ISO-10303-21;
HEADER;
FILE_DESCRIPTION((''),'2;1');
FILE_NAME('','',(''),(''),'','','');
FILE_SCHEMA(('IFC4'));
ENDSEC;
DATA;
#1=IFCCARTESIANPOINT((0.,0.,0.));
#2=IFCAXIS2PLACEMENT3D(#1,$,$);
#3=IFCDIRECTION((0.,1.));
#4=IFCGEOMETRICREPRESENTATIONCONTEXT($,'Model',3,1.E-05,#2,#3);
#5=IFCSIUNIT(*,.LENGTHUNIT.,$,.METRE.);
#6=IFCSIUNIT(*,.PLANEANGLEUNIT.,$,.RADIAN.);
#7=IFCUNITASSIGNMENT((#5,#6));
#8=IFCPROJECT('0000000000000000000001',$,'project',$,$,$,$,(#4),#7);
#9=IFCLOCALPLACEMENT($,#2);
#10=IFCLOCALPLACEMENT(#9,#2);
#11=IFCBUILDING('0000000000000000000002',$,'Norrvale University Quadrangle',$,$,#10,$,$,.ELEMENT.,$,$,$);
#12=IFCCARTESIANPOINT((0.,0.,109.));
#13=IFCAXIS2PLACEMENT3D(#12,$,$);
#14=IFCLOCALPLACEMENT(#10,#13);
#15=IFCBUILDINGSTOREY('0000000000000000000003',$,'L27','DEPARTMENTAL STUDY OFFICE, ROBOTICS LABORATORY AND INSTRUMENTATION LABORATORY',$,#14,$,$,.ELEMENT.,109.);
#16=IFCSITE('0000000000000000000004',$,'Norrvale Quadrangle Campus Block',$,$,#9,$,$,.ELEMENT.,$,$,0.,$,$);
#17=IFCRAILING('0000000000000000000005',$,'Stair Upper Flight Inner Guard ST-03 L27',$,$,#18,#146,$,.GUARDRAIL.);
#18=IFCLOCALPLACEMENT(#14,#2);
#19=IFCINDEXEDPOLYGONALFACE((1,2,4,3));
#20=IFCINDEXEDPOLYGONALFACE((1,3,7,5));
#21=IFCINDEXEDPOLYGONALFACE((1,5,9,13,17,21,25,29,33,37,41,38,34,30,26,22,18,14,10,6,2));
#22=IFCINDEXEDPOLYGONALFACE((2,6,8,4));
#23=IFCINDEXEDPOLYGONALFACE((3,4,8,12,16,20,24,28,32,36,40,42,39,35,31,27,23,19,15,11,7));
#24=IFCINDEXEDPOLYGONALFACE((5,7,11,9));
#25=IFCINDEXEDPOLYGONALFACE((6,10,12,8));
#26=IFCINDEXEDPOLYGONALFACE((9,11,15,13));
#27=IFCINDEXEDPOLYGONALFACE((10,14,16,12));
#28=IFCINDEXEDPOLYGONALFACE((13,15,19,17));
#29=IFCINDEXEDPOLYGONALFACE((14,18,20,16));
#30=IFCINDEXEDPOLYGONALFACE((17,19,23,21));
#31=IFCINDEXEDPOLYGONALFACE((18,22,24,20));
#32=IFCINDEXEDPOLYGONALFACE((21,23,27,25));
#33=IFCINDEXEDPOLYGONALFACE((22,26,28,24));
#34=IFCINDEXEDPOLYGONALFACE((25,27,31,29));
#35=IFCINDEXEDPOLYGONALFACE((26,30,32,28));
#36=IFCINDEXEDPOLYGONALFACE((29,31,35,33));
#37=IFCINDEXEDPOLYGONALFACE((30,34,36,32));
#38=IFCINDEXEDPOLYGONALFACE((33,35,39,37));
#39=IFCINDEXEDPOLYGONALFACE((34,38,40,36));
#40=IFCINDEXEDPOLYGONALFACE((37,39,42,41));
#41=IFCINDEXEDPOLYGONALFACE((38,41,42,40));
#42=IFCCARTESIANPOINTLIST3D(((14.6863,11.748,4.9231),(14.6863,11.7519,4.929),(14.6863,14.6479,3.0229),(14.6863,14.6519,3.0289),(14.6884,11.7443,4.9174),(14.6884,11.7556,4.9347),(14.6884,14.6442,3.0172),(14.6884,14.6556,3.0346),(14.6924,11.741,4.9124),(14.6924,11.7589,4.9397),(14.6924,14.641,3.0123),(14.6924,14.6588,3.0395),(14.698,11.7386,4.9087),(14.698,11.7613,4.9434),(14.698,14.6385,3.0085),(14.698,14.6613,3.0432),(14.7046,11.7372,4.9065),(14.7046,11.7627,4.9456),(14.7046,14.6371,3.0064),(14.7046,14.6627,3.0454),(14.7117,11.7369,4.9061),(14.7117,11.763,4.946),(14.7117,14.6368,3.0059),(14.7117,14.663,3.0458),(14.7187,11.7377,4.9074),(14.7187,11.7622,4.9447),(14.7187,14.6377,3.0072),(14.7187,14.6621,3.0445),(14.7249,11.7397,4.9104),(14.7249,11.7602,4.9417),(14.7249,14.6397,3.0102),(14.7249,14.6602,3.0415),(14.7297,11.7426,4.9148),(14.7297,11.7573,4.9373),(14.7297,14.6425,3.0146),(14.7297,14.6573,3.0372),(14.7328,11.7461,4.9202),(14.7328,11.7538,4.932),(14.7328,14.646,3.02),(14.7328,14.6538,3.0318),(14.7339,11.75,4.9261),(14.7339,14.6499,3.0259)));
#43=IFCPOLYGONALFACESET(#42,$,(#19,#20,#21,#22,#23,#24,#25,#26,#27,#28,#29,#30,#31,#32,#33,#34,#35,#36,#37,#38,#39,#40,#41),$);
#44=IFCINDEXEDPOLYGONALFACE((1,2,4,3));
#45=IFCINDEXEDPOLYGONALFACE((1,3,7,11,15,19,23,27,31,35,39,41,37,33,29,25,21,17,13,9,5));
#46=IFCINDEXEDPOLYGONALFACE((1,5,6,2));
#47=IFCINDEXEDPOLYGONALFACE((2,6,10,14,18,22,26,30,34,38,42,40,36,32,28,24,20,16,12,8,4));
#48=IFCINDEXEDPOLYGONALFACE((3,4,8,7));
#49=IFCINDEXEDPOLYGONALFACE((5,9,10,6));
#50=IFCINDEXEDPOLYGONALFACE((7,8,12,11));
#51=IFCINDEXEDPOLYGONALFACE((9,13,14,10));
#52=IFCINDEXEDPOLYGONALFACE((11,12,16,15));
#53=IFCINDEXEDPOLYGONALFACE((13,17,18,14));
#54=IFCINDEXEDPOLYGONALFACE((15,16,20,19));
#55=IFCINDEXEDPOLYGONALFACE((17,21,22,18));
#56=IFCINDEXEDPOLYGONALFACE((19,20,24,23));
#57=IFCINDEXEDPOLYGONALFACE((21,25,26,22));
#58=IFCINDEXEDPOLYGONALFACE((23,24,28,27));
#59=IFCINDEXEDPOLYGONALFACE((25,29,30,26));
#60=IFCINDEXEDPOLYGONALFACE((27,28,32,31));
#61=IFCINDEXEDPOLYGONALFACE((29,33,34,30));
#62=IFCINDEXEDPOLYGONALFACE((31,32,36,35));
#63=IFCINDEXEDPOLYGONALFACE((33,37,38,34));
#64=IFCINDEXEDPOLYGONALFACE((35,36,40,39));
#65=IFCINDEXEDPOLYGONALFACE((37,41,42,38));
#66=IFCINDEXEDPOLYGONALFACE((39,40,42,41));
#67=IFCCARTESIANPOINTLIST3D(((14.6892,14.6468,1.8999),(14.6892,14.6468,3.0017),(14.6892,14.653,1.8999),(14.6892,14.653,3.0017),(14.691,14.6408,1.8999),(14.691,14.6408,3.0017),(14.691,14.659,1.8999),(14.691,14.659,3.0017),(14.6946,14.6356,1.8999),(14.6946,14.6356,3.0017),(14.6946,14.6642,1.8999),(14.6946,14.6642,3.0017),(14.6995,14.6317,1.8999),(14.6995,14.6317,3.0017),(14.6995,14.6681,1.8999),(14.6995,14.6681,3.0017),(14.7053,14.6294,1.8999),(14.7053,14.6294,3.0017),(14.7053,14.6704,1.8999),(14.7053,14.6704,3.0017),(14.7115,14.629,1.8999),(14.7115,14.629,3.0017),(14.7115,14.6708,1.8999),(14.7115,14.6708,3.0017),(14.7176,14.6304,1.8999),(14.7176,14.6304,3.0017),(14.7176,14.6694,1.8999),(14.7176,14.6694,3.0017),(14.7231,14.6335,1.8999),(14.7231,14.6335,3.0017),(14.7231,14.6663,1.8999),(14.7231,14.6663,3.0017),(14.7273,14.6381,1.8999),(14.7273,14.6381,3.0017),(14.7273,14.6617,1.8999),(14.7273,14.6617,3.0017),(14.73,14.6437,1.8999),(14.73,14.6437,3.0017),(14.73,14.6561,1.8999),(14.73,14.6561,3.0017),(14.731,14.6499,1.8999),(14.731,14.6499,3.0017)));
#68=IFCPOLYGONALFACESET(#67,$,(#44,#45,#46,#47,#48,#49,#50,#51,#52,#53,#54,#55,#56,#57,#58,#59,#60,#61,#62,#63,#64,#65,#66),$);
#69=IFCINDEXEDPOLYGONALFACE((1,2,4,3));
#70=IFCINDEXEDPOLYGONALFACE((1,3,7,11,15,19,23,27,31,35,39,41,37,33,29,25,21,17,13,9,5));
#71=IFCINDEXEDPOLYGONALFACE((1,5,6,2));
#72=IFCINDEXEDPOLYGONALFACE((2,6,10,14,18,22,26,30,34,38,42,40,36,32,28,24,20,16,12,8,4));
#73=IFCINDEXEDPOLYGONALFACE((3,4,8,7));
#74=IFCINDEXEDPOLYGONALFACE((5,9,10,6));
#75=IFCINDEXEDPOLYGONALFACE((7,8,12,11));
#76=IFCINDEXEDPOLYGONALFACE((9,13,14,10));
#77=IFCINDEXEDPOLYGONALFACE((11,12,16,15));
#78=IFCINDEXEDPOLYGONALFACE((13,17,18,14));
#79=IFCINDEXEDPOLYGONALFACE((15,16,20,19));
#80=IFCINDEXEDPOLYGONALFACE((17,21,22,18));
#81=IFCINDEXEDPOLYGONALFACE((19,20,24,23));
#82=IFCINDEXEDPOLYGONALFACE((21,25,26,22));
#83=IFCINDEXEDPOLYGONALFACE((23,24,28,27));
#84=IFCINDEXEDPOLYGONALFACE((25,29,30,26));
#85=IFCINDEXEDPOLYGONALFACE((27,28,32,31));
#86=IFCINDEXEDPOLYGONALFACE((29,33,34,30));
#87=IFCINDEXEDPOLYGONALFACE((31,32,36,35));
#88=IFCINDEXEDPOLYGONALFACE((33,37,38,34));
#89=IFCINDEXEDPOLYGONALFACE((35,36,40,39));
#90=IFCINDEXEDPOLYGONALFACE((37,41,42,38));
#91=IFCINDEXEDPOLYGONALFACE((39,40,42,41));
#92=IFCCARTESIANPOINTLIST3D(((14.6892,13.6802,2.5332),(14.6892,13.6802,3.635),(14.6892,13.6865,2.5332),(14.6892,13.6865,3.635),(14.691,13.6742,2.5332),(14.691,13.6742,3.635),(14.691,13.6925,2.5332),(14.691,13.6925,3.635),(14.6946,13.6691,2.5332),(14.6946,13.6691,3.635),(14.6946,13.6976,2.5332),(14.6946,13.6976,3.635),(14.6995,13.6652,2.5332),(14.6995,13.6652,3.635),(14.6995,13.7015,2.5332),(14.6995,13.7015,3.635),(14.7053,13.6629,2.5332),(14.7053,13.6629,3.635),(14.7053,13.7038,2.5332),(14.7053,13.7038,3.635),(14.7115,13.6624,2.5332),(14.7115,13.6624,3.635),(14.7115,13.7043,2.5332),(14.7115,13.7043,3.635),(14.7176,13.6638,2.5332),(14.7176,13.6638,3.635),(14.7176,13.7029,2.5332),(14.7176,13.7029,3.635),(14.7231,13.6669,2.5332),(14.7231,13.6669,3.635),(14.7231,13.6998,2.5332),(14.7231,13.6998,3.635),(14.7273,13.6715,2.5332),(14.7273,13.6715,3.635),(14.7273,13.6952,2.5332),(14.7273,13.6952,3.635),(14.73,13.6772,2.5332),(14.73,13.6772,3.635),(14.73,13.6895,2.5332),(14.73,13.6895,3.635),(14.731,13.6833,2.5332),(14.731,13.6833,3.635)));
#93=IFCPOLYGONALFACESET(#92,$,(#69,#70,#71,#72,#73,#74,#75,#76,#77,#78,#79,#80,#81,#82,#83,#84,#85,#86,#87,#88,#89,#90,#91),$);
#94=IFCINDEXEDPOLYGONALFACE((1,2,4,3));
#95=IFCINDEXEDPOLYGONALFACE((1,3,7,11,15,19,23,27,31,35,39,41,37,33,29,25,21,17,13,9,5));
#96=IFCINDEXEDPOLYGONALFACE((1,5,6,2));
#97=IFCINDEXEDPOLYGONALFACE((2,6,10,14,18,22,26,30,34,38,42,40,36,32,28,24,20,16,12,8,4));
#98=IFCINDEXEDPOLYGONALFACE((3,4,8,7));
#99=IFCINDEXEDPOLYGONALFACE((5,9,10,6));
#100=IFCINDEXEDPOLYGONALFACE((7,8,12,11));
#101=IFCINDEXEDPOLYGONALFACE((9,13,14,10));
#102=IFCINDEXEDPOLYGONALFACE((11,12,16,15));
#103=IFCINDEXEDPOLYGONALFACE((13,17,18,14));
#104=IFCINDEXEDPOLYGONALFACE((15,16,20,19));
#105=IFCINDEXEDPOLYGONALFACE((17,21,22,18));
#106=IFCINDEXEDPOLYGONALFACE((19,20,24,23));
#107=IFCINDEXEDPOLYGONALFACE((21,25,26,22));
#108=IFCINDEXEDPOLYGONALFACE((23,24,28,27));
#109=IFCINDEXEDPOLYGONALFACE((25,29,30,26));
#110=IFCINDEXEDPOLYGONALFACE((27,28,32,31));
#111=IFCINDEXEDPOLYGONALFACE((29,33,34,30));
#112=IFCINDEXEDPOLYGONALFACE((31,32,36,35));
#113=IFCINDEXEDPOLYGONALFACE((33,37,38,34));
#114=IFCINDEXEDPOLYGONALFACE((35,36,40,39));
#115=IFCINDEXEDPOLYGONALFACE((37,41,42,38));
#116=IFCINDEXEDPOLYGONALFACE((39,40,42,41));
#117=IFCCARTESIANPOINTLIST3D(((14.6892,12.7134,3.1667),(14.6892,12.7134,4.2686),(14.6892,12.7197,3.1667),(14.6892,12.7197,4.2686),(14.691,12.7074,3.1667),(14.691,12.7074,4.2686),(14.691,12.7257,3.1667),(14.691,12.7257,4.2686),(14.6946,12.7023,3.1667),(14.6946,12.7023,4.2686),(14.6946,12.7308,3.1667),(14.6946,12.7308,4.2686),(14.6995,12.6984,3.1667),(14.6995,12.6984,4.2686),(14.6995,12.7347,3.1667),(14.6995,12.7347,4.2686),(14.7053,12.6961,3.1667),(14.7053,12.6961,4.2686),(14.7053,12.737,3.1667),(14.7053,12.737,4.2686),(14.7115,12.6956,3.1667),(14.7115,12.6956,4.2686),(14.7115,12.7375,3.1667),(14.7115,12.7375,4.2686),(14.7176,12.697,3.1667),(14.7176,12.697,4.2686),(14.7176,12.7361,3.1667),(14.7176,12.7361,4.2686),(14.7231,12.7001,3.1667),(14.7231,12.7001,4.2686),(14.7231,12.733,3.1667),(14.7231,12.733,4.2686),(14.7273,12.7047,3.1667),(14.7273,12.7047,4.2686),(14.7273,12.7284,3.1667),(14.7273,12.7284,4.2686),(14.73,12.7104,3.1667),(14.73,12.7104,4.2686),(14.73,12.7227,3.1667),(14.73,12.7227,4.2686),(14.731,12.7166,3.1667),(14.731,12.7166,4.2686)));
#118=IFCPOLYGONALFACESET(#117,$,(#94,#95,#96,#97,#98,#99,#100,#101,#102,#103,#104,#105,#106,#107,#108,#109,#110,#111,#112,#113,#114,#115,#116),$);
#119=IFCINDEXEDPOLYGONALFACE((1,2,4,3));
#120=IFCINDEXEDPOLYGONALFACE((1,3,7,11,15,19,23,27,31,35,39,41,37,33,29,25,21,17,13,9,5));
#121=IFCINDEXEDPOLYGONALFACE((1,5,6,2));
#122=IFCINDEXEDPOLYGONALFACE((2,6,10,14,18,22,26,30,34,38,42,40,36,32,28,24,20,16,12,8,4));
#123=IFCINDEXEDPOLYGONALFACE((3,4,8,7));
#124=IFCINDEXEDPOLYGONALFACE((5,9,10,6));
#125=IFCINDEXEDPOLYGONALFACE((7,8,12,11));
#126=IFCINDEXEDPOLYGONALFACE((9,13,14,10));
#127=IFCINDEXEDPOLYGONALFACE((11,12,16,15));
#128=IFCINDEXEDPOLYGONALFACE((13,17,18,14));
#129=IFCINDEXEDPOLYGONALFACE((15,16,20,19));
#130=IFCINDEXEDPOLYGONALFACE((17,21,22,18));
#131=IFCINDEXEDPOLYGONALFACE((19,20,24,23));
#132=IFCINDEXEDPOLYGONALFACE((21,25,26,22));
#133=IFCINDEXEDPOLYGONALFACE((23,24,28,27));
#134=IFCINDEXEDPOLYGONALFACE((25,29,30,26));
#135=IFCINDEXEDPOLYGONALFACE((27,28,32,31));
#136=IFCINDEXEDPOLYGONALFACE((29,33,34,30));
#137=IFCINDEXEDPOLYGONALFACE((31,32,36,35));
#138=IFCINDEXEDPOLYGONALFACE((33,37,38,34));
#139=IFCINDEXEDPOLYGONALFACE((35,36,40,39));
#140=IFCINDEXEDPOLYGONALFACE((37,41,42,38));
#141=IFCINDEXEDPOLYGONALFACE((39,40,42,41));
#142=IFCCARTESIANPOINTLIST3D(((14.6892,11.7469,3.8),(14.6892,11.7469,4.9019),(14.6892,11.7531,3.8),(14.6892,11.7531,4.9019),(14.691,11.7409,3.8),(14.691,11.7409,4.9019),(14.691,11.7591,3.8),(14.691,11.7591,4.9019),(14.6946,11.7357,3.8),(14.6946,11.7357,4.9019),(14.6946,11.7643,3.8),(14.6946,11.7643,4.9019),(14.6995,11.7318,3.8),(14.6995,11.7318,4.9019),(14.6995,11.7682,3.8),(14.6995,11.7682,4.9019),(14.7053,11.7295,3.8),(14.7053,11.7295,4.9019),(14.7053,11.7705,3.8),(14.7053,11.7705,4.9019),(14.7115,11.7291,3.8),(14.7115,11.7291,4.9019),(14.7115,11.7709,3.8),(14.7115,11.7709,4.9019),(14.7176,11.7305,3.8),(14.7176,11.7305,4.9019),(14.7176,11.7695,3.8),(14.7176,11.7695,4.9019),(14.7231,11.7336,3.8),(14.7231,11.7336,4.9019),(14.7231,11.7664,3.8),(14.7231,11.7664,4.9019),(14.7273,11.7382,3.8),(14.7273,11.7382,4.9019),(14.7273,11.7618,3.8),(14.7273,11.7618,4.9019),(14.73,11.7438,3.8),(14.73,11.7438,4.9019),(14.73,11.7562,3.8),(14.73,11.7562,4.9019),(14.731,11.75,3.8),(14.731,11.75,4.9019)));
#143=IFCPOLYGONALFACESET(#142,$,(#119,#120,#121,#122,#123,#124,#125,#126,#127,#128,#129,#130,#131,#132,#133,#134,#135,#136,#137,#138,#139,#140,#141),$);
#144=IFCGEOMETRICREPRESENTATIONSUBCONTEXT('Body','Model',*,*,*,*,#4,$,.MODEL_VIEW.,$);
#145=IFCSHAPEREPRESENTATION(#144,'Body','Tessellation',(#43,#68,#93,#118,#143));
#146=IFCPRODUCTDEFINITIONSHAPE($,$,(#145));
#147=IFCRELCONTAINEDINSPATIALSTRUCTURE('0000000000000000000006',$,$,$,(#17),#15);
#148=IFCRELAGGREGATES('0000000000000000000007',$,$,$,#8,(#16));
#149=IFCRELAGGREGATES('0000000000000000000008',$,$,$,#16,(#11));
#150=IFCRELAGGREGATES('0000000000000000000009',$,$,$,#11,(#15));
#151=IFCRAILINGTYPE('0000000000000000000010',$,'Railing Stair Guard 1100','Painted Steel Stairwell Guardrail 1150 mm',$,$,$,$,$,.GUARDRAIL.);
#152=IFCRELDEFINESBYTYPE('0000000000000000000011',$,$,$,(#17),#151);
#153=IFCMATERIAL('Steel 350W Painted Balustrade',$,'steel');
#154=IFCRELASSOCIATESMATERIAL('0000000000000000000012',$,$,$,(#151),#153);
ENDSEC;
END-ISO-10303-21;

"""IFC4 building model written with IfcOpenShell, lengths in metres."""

from ifc_helpers import new_model, si_unit, direction, frame, origin, origin_2d, place, context, subcontext, project, spatial, circle, extrude, material, type_object, element, save


model = new_model("IFC4")

# Units and contexts
model_context = context("Model", 3, precision=1e-05, world=origin(), true_north=direction((0.0, 1.0)))
body_context = subcontext(model_context, "Body", "Model", "MODEL_VIEW")
ifc_project = project(units=[si_unit("LENGTHUNIT", "METRE"), si_unit("PLANEANGLEUNIT", "RADIAN")], contexts=[model_context])

# Site, building, storey
site_placement = place(None, origin())
site = spatial("IfcSite", under=ifc_project, at=site_placement, Name="Norrvale Quadrangle Campus Block", CompositionType="ELEMENT", RefElevation=0.0)
building_placement = place(site_placement, origin())
building = spatial("IfcBuilding", under=site, at=building_placement, Name="Norrvale University Quadrangle", CompositionType="ELEMENT")
storey_placement = place(building_placement, frame((0.0, 0.0, 109.0)))
storey = spatial("IfcBuildingStorey", under=building, at=storey_placement, Name="L27", Description="DEPARTMENTAL STUDY OFFICE, ROBOTICS LABORATORY AND INSTRUMENTATION LABORATORY", CompositionType="ELEMENT", Elevation=109.0)

# Railing
ifc_material_1 = material(Name="Steel 350W Painted Balustrade", Category="steel")
railing_type_1 = type_object("IfcRailingType", Name="Railing Stair Guard 1100", Description="Painted Steel Stairwell Guardrail 1150 mm", PredefinedType="GUARDRAIL", material=ifc_material_1)
railing_1_placement = place(storey_placement, frame((14.71, 14.6499, 1.8999)))
element("IfcRailing", 1, at=railing_1_placement, inside=storey, type_object=railing_type_1, Name="Stair Upper Flight Inner Guard ST-03 L27", PredefinedType="GUARDRAIL", context=body_context, shape_type="SweptSolid", body=[
    extrude(circle(Radius=0.0239, at=origin_2d()), frame((0.0, 0.0, 1.126), z_axis=(0.0, -0.836433, 0.548069), x_axis=(1.0, 0.0, 0.0)), (0.0, 0.0, 1.0), 3.467),
    extrude(circle(Radius=0.021, at=origin_2d()), origin(), (0.0, 0.0, 1.0), 1.1018),
    extrude(circle(Radius=0.021, at=origin_2d()), frame((0.0, -0.9666, 0.6333)), (0.0, 0.0, 1.0), 1.1018),
    extrude(circle(Radius=0.021, at=origin_2d()), frame((0.0, -1.9333, 1.2668)), (0.0, 0.0, 1.0), 1.1018),
    extrude(circle(Radius=0.021, at=origin_2d()), frame((0.0, -2.8999, 1.9001)), (0.0, 0.0, 1.0), 1.1018),
])

save(model, "model.ifc")
